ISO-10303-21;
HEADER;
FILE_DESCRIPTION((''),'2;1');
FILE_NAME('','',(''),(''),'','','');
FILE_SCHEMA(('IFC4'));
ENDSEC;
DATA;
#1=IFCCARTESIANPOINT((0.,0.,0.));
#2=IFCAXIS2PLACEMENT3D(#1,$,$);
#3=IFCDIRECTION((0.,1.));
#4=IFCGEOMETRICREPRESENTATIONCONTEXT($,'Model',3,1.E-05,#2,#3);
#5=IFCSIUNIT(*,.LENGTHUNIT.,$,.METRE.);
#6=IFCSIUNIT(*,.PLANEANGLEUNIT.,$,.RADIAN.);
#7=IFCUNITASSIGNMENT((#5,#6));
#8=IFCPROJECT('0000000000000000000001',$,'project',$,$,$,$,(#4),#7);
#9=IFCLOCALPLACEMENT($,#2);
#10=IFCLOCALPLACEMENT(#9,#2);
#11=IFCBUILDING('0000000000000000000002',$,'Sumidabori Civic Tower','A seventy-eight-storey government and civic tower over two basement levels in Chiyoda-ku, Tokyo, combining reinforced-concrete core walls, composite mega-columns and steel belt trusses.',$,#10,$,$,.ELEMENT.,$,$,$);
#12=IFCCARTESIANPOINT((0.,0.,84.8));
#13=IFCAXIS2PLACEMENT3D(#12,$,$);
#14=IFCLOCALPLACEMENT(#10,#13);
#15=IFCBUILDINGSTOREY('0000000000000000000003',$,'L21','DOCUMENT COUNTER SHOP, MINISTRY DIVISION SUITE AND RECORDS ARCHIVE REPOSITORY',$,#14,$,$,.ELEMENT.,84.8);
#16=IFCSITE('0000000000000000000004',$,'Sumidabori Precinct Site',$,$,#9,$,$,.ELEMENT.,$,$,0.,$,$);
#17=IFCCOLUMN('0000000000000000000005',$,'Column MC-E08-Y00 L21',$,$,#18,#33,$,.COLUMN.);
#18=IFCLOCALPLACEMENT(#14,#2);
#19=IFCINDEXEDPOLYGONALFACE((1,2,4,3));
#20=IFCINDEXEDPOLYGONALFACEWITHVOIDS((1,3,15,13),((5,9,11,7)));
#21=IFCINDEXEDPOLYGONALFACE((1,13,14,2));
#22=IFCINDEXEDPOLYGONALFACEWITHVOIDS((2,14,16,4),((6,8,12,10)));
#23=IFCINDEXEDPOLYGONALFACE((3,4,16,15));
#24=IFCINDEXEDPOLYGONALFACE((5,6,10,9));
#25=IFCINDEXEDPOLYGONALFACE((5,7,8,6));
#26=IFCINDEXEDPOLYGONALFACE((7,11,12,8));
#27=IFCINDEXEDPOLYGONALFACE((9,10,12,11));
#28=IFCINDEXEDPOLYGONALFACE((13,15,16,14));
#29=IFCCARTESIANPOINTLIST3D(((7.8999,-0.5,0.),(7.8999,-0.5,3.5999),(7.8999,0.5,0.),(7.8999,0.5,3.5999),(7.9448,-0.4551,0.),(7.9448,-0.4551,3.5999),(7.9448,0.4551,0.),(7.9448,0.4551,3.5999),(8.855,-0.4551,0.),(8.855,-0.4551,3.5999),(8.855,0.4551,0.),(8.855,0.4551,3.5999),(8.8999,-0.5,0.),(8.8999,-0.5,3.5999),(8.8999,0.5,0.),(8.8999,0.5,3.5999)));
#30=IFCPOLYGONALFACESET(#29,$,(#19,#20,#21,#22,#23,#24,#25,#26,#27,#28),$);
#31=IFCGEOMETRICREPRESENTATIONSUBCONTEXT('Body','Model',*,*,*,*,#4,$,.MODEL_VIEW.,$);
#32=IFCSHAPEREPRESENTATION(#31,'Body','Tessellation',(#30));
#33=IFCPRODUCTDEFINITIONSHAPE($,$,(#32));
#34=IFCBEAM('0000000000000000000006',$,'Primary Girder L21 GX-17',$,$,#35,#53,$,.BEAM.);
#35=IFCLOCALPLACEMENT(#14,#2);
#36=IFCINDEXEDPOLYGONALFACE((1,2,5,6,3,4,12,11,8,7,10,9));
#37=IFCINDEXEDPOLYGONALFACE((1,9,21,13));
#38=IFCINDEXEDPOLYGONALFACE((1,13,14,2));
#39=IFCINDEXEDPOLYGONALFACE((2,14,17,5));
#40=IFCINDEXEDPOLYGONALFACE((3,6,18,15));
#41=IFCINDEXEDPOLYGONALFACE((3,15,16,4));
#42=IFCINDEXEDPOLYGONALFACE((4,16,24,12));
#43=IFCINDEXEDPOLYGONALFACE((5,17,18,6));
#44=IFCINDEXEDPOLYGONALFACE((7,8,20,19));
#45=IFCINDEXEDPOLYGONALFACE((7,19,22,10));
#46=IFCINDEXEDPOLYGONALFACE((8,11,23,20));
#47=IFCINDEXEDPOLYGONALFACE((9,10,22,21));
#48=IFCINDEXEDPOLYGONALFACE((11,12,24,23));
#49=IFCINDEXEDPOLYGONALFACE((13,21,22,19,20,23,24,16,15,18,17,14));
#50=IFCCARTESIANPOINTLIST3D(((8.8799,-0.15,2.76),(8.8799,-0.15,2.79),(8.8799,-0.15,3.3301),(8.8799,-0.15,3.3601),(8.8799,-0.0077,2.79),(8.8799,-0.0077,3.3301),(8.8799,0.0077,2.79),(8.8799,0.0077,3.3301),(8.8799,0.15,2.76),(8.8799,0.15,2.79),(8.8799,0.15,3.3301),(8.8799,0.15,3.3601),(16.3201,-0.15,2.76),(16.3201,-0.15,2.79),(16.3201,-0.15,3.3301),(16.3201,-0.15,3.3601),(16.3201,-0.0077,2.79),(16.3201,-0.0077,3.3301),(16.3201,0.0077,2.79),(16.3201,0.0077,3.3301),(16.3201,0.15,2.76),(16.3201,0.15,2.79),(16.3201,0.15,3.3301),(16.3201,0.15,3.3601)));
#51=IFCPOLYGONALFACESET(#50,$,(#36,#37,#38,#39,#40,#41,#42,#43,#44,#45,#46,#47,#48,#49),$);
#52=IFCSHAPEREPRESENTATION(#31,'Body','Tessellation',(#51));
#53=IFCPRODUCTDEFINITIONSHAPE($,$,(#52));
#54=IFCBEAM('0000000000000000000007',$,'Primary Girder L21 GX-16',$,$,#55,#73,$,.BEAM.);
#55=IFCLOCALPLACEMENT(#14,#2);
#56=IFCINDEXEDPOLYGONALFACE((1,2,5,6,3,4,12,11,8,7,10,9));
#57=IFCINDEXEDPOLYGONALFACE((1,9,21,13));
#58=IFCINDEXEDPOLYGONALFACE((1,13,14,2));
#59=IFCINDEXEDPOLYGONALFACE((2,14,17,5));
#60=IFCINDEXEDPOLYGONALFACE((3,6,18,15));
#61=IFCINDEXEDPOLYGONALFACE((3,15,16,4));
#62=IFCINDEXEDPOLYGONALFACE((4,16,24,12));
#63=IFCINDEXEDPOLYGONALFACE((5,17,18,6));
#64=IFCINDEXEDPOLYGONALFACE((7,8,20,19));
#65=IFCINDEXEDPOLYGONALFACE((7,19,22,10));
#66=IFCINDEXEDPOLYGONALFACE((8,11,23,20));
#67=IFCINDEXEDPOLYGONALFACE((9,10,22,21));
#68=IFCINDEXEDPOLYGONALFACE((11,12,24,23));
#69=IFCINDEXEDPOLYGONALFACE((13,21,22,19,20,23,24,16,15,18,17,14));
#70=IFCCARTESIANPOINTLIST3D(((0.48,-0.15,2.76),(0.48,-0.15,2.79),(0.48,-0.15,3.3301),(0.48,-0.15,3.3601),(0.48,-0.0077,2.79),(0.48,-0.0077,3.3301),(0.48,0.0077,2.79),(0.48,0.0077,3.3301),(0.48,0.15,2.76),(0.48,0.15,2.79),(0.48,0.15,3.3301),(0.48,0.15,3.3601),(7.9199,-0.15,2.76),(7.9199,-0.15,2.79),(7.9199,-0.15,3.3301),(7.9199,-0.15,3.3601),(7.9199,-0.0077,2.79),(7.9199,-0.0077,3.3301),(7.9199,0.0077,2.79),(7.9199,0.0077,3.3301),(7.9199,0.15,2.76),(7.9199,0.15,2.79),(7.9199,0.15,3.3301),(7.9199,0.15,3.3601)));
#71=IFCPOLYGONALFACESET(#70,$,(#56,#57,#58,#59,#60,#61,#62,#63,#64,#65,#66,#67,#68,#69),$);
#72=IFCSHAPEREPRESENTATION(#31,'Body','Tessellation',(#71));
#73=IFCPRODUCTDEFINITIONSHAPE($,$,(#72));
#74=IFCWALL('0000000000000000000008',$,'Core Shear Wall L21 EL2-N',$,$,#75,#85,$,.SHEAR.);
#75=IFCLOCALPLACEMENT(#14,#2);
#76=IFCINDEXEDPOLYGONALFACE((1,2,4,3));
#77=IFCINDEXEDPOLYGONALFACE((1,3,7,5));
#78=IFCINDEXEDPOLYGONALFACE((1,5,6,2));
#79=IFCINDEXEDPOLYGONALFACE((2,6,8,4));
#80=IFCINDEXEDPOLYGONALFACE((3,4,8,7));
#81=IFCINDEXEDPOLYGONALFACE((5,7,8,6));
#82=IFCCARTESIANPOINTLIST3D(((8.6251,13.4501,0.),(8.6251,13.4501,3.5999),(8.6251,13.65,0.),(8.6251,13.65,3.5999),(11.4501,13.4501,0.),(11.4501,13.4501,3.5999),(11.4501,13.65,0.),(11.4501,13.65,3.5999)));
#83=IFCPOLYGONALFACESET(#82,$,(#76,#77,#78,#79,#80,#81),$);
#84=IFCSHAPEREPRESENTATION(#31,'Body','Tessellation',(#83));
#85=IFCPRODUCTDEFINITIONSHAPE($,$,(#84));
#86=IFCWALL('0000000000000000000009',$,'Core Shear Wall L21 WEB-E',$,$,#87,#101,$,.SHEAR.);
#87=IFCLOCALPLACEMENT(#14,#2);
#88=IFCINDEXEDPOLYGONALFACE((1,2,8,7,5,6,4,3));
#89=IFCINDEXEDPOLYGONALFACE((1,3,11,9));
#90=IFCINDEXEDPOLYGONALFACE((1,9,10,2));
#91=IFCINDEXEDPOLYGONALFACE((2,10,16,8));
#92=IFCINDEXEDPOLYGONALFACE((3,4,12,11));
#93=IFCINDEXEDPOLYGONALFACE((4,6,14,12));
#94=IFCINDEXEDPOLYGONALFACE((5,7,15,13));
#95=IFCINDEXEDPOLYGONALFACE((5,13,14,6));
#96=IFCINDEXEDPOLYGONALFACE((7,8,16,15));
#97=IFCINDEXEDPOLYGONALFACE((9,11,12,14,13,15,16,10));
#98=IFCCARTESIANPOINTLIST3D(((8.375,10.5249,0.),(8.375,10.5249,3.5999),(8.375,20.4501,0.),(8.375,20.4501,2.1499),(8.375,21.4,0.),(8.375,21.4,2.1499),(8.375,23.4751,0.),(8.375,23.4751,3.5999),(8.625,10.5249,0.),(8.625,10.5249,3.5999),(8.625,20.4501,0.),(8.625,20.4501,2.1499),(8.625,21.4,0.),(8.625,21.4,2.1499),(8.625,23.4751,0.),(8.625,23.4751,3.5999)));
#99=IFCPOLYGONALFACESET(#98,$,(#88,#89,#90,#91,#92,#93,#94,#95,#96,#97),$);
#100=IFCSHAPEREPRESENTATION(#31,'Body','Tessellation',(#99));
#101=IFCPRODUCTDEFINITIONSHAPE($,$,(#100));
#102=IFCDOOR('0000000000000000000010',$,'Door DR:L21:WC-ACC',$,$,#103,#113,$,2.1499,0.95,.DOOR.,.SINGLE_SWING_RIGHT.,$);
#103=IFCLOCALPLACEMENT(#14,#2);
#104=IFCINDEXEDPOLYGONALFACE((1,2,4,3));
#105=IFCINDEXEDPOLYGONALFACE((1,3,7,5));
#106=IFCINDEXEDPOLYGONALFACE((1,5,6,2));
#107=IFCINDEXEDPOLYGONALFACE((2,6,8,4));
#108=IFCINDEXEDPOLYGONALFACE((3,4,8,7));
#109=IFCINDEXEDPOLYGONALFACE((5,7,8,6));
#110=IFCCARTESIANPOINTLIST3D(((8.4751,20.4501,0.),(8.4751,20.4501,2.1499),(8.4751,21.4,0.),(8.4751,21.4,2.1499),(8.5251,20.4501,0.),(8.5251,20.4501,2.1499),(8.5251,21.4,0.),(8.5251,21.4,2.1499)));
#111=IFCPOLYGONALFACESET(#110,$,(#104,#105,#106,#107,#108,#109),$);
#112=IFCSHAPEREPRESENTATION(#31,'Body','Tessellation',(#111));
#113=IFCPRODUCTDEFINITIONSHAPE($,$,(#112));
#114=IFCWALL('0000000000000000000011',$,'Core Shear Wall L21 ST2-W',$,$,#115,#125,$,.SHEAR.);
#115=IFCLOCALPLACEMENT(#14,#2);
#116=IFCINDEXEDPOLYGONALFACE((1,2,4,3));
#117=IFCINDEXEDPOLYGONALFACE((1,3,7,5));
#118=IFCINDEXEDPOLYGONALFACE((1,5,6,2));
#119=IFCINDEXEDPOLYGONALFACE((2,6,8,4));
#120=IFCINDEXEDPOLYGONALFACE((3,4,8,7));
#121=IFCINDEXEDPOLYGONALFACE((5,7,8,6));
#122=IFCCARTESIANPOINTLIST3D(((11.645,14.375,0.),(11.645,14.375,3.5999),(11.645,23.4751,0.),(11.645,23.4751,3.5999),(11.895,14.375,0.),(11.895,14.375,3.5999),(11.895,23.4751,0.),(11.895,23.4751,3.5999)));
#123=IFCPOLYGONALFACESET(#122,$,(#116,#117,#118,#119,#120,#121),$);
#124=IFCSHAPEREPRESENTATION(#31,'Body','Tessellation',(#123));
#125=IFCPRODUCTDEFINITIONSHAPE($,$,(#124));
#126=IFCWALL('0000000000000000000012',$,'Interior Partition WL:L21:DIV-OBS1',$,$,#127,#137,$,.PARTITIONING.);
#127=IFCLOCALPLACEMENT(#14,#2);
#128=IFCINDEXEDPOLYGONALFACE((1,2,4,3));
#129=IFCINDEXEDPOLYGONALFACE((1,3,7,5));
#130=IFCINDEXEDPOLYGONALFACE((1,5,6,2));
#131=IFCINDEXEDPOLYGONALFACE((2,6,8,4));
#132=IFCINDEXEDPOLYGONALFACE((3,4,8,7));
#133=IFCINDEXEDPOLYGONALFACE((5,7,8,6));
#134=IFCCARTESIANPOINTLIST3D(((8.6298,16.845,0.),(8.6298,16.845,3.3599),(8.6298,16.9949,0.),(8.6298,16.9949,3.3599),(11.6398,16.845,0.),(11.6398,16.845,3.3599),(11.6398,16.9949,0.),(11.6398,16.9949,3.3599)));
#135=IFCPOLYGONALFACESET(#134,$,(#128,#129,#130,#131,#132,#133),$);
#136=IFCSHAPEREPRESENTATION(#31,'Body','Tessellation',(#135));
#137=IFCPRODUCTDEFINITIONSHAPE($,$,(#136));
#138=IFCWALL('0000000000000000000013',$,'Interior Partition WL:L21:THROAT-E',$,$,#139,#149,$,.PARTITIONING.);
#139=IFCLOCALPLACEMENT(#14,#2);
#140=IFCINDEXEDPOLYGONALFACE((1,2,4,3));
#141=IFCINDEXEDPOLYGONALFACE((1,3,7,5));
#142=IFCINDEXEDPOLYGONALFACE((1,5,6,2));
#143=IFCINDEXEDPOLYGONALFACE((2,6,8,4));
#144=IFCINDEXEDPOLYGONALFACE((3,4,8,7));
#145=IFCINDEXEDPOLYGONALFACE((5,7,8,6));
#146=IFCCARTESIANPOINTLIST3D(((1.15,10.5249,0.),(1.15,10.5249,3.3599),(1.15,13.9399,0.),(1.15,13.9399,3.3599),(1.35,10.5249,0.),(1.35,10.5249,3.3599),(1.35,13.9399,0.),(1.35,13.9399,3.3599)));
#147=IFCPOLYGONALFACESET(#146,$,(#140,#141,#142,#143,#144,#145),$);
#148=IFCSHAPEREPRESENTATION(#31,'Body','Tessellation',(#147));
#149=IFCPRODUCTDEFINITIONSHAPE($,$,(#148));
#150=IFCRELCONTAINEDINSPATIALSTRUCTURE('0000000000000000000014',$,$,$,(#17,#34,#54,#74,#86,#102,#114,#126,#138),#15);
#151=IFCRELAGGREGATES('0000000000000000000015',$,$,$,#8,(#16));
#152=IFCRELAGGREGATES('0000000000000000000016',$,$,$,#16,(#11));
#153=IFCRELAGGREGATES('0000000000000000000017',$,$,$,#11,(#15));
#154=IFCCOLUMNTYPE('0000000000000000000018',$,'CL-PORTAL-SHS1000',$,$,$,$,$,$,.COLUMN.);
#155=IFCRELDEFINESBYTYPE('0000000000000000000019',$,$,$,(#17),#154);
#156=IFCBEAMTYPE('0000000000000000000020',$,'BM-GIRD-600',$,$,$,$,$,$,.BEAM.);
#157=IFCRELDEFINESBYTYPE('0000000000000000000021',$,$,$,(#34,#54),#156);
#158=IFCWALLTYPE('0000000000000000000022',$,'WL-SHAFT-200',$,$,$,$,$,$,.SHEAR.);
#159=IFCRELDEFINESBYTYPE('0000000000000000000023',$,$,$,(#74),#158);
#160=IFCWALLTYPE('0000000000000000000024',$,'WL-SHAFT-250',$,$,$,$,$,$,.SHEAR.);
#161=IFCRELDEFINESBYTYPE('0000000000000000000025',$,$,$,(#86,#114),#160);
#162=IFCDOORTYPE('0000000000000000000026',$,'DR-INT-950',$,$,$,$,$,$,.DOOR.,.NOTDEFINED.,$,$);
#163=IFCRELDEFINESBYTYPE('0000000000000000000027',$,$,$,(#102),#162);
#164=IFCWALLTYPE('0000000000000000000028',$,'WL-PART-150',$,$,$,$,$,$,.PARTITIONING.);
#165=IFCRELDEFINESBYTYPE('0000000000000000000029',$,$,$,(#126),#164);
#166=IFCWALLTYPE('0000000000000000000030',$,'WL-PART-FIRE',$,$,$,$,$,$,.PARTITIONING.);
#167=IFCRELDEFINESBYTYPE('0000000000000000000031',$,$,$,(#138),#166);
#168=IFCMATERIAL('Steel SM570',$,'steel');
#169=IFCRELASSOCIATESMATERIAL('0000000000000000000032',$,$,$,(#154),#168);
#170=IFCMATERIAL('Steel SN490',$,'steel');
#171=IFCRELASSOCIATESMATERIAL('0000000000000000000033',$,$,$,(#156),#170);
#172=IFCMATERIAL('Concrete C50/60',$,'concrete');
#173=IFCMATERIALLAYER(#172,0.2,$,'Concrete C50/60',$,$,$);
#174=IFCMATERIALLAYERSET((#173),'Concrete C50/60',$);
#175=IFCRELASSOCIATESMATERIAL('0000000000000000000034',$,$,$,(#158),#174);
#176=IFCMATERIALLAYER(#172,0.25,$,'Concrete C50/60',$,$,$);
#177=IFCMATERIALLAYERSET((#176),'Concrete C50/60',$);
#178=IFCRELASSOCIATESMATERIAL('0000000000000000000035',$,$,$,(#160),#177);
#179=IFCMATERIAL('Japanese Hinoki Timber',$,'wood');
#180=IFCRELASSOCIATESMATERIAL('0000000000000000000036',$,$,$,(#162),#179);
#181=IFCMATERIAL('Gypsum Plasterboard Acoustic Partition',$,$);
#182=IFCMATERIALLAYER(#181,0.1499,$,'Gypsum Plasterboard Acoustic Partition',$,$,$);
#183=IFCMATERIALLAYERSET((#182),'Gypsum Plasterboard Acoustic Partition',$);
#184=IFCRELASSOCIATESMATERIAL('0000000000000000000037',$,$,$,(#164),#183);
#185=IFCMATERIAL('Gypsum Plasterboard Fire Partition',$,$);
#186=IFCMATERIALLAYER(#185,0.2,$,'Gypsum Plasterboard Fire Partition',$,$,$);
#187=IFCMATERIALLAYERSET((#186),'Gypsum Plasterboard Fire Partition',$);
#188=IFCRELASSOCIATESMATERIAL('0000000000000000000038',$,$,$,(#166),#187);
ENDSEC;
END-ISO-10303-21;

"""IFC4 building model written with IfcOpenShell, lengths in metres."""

from ifc_helpers import new_model, si_unit, direction, frame, frame_2d, origin, origin_2d, place, context, subcontext, project, spatial, rectangle, hollow_rectangle, i_section, extrude, source, transform, mapped, material, layer, layer_set, material_profile, profile_set, type_object, element, fill, save


model = new_model("IFC4")

# Units and contexts
model_context = context("Model", 3, precision=1e-05, world=origin(), true_north=direction((0.0, 1.0)))
body_context = subcontext(model_context, "Body", "Model", "MODEL_VIEW")
ifc_project = project(units=[si_unit("LENGTHUNIT", "METRE"), si_unit("PLANEANGLEUNIT", "RADIAN")], contexts=[model_context])

# Site, building, storey
site_placement = place(None, origin())
site = spatial("IfcSite", under=ifc_project, at=site_placement, Name="Sumidabori Precinct Site", CompositionType="ELEMENT", RefElevation=0.0)
building_placement = place(site_placement, origin())
building = spatial("IfcBuilding", under=site, at=building_placement, Name="Sumidabori Civic Tower", Description="A seventy-eight-storey government and civic tower over two basement levels in Chiyoda-ku, Tokyo, combining reinforced-concrete core walls, composite mega-columns and steel belt trusses.", CompositionType="ELEMENT")
storey_placement = place(building_placement, frame((0.0, 0.0, 84.8)))
storey = spatial("IfcBuildingStorey", under=building, at=storey_placement, Name="L21", Description="DOCUMENT COUNTER SHOP, MINISTRY DIVISION SUITE AND RECORDS ARCHIVE REPOSITORY", CompositionType="ELEMENT", Elevation=84.8)

# Column
ifc_material_1 = material(Name="Steel SM570", Category="steel")
ifc_material_profile_1 = material_profile(ifc_material_1, hollow_rectangle(XDim=1.0, YDim=1.0, WallThickness=0.0449, at=origin_2d()), Name="SHS 1000x1000x45")
ifc_profile_set_1 = profile_set([ifc_material_profile_1], Name="Steel SM570")
column_type = type_object("IfcColumnType", Name="CL-PORTAL-SHS1000", PredefinedType="COLUMN", material=ifc_profile_set_1)
shared_shape_1 = source(origin(), body_context, "Body", "SweptSolid", [
    extrude(hollow_rectangle(XDim=1.0, YDim=1.0, WallThickness=0.0449, at=origin_2d()), origin(), (0.0, 0.0, 1.0), 3.5999),
])
column_placement = place(storey_placement, frame((8.3999, 0.0, 0.0), z_axis=(0.0, 0.0, 1.0), x_axis=(1.0, 0.0, 0.0)))
element("IfcColumn", 1, at=column_placement, inside=storey, type_object=column_type, Name="Column MC-E08-Y00 L21", PredefinedType="COLUMN", context=body_context, shape_type="MappedRepresentation", body=[
    mapped(shared_shape_1, transform((0.0, 0.0, 0.0), x_axis=(1.0, 0.0, 0.0), y_axis=(0.0, 1.0, 0.0), z_axis=(0.0, 0.0, 1.0), scale=1.0)),
])

# Beams
ifc_material_2 = material(Name="Steel SN490", Category="steel")
ifc_material_profile_2 = material_profile(ifc_material_2, i_section(OverallWidth=0.3, OverallDepth=0.6001, WebThickness=0.0154, FlangeThickness=0.03, at=origin_2d()), Name="HE 600 B")
ifc_profile_set_2 = profile_set([ifc_material_profile_2], Name="Steel SN490")
beam_type = type_object("IfcBeamType", Name="BM-GIRD-600", PredefinedType="BEAM", material=ifc_profile_set_2)
shared_shape_2 = source(origin(), body_context, "Body", "SweptSolid", [
    extrude(i_section(OverallWidth=0.3, OverallDepth=0.6001, WebThickness=0.0154, FlangeThickness=0.03, at=origin_2d()), origin(), (0.0, 0.0, 1.0), 7.4402),
])
beam_1_placement = place(storey_placement, frame((8.8799, 0.0, 3.0601), z_axis=(1.0, 0.0, 0.0), x_axis=(0.0, 1.0, 0.0)))
element("IfcBeam", 2, at=beam_1_placement, inside=storey, type_object=beam_type, Name="Primary Girder L21 GX-17", PredefinedType="BEAM", context=body_context, shape_type="MappedRepresentation", body=[
    mapped(shared_shape_2, transform((0.0, 0.0, 0.0), x_axis=(1.0, 0.0, 0.0), y_axis=(0.0, 1.0, 0.0), z_axis=(0.0, 0.0, 1.0), scale=1.0)),
])
shared_shape_3 = source(origin(), body_context, "Body", "SweptSolid", [
    extrude(i_section(OverallWidth=0.3, OverallDepth=0.6001, WebThickness=0.0154, FlangeThickness=0.03, at=origin_2d()), origin(), (0.0, 0.0, 1.0), 7.4399),
])
beam_2_placement = place(storey_placement, frame((0.48, 0.0, 3.0601), z_axis=(1.0, 0.0, 0.0), x_axis=(0.0, 1.0, 0.0)))
element("IfcBeam", 3, at=beam_2_placement, inside=storey, type_object=beam_type, Name="Primary Girder L21 GX-16", PredefinedType="BEAM", context=body_context, shape_type="MappedRepresentation", body=[
    mapped(shared_shape_3, transform((0.0, 0.0, 0.0), x_axis=(1.0, 0.0, 0.0), y_axis=(0.0, 1.0, 0.0), z_axis=(0.0, 0.0, 1.0), scale=1.0)),
])

# Wall
ifc_material_3 = material(Name="Concrete C50/60", Category="concrete")
ifc_layer_1 = layer(ifc_material_3, 0.2, Name="Concrete C50/60")
ifc_layer_set_1 = layer_set([ifc_layer_1], Name="Concrete C50/60")
wall_type_1 = type_object("IfcWallType", Name="WL-SHAFT-200", PredefinedType="SHEAR", material=ifc_layer_set_1)
shared_shape_4 = source(origin(), body_context, "Body", "SweptSolid", [
    extrude(rectangle(XDim=2.825, YDim=0.2, at=frame_2d((1.4126, 0.0))), origin(), (0.0, 0.0, 1.0), 3.5999),
])
wall_1_placement = place(storey_placement, frame((8.625, 13.55, 0.0), z_axis=(0.0, 0.0, 1.0), x_axis=(1.0, 0.0, 0.0)))
element("IfcWall", 4, at=wall_1_placement, inside=storey, type_object=wall_type_1, Name="Core Shear Wall L21 EL2-N", PredefinedType="SHEAR", context=body_context, shape_type="MappedRepresentation", body=[
    mapped(shared_shape_4, transform((0.0, 0.0, 0.0), x_axis=(1.0, 0.0, 0.0), y_axis=(0.0, 1.0, 0.0), z_axis=(0.0, 0.0, 1.0), scale=1.0)),
])

# Wall, opening, door
ifc_layer_2 = layer(ifc_material_3, 0.25, Name="Concrete C50/60")
ifc_layer_set_2 = layer_set([ifc_layer_2], Name="Concrete C50/60")
wall_type_2 = type_object("IfcWallType", Name="WL-SHAFT-250", PredefinedType="SHEAR", material=ifc_layer_set_2)
shared_shape_5 = source(origin(), body_context, "Body", "SweptSolid", [
    extrude(rectangle(XDim=12.9502, YDim=0.25, at=frame_2d((6.4751, 0.0))), origin(), (0.0, 0.0, 1.0), 3.5999),
])
wall_2_placement = place(storey_placement, frame((8.5, 10.5249, 0.0), z_axis=(0.0, 0.0, 1.0), x_axis=(0.0, 1.0, 0.0)))
wall_2 = element("IfcWall", 5, at=wall_2_placement, inside=storey, type_object=wall_type_2, Name="Core Shear Wall L21 WEB-E", PredefinedType="SHEAR", context=body_context, shape_type="MappedRepresentation", body=[
    mapped(shared_shape_5, transform((0.0, 0.0, 0.0), x_axis=(1.0, 0.0, 0.0), y_axis=(0.0, 1.0, 0.0), z_axis=(0.0, 0.0, 1.0), scale=1.0)),
])
opening_1_placement = place(wall_2_placement, frame((9.925, 0.0, 0.0)))
opening_1 = element("IfcOpeningElement", 6, at=opening_1_placement, cuts=wall_2, PredefinedType="OPENING", context=body_context, shape_type="SweptSolid", body=[
    extrude(rectangle(XDim=0.95, YDim=2.1499, at=frame_2d((0.4751, 1.075))), frame((0.0, 0.137, 0.0), z_axis=(0.0, -1.0, 0.0), x_axis=(1.0, 0.0, 0.0)), (0.0, 0.0, 1.0), 0.2739),
])
ifc_material_4 = material(Name="Japanese Hinoki Timber", Category="wood")
door_type_1 = type_object("IfcDoorType", Name="DR-INT-950", OperationType="NOTDEFINED", PredefinedType="DOOR", material=ifc_material_4)
shared_shape_6 = source(origin(), body_context, "Body", "SweptSolid", [
    extrude(rectangle(XDim=0.95, YDim=2.1499, at=frame_2d((0.4751, 1.075))), frame((0.0, 0.0249, 0.0), z_axis=(0.0, -1.0, 0.0), x_axis=(1.0, 0.0, 0.0)), (0.0, 0.0, 1.0), 0.05),
])
door_1_placement = place(opening_1_placement, origin())
door_1 = element("IfcDoor", 7, at=door_1_placement, inside=storey, type_object=door_type_1, Name="Door DR:L21:WC-ACC", OperationType="SINGLE_SWING_RIGHT", OverallHeight=2.1499, OverallWidth=0.95, PredefinedType="DOOR", context=body_context, shape_type="MappedRepresentation", body=[
    mapped(shared_shape_6, transform((0.0, 0.0, 0.0), x_axis=(1.0, 0.0, 0.0), y_axis=(0.0, 1.0, 0.0), z_axis=(0.0, 0.0, 1.0), scale=1.0)),
])
fill(opening_1, door_1)

# Wall
shared_shape_7 = source(origin(), body_context, "Body", "SweptSolid", [
    extrude(rectangle(XDim=9.1001, YDim=0.25, at=frame_2d((4.55, 0.0))), origin(), (0.0, 0.0, 1.0), 3.5999),
])
wall_3_placement = place(storey_placement, frame((11.77, 14.375, 0.0), z_axis=(0.0, 0.0, 1.0), x_axis=(0.0, 1.0, 0.0)))
element("IfcWall", 8, at=wall_3_placement, inside=storey, type_object=wall_type_2, Name="Core Shear Wall L21 ST2-W", PredefinedType="SHEAR", context=body_context, shape_type="MappedRepresentation", body=[
    mapped(shared_shape_7, transform((0.0, 0.0, 0.0), x_axis=(1.0, 0.0, 0.0), y_axis=(0.0, 1.0, 0.0), z_axis=(0.0, 0.0, 1.0), scale=1.0)),
])

# Wall
ifc_material_5 = material(Name="Gypsum Plasterboard Acoustic Partition")
ifc_layer_3 = layer(ifc_material_5, 0.1499, Name="Gypsum Plasterboard Acoustic Partition")
ifc_layer_set_3 = layer_set([ifc_layer_3], Name="Gypsum Plasterboard Acoustic Partition")
wall_type_3 = type_object("IfcWallType", Name="WL-PART-150", PredefinedType="PARTITIONING", material=ifc_layer_set_3)
shared_shape_8 = source(origin(), body_context, "Body", "SweptSolid", [
    extrude(rectangle(XDim=3.01, YDim=0.1499, at=frame_2d((1.5049, 0.0))), origin(), (0.0, 0.0, 1.0), 3.3599),
])
wall_4_placement = place(storey_placement, frame((8.6299, 16.9199, 0.0), z_axis=(0.0, 0.0, 1.0), x_axis=(1.0, 0.0, 0.0)))
element("IfcWall", 9, at=wall_4_placement, inside=storey, type_object=wall_type_3, Name="Interior Partition WL:L21:DIV-OBS1", PredefinedType="PARTITIONING", context=body_context, shape_type="MappedRepresentation", body=[
    mapped(shared_shape_8, transform((0.0, 0.0, 0.0), x_axis=(1.0, 0.0, 0.0), y_axis=(0.0, 1.0, 0.0), z_axis=(0.0, 0.0, 1.0), scale=1.0)),
])

# Shared definitions
ifc_material_6 = material(Name="Gypsum Plasterboard Fire Partition")
ifc_layer_4 = layer(ifc_material_6, 0.2, Name="Gypsum Plasterboard Fire Partition")
ifc_layer_set_4 = layer_set([ifc_layer_4], Name="Gypsum Plasterboard Fire Partition")
wall_type_4 = type_object("IfcWallType", Name="WL-PART-FIRE", PredefinedType="PARTITIONING", material=ifc_layer_set_4)

# Wall
shared_shape_9 = source(origin(), body_context, "Body", "SweptSolid", [
    extrude(rectangle(XDim=3.415, YDim=0.2, at=frame_2d((1.7075, 0.0))), origin(), (0.0, 0.0, 1.0), 3.3599),
])
wall_5_placement = place(storey_placement, frame((1.25, 10.5249, 0.0), z_axis=(0.0, 0.0, 1.0), x_axis=(0.0, 1.0, 0.0)))
element("IfcWall", 10, at=wall_5_placement, inside=storey, type_object=wall_type_4, Name="Interior Partition WL:L21:THROAT-E", PredefinedType="PARTITIONING", context=body_context, shape_type="MappedRepresentation", body=[
    mapped(shared_shape_9, transform((0.0, 0.0, 0.0), x_axis=(1.0, 0.0, 0.0), y_axis=(0.0, 1.0, 0.0), z_axis=(0.0, 0.0, 1.0), scale=1.0)),
])

save(model, "model.ifc")
